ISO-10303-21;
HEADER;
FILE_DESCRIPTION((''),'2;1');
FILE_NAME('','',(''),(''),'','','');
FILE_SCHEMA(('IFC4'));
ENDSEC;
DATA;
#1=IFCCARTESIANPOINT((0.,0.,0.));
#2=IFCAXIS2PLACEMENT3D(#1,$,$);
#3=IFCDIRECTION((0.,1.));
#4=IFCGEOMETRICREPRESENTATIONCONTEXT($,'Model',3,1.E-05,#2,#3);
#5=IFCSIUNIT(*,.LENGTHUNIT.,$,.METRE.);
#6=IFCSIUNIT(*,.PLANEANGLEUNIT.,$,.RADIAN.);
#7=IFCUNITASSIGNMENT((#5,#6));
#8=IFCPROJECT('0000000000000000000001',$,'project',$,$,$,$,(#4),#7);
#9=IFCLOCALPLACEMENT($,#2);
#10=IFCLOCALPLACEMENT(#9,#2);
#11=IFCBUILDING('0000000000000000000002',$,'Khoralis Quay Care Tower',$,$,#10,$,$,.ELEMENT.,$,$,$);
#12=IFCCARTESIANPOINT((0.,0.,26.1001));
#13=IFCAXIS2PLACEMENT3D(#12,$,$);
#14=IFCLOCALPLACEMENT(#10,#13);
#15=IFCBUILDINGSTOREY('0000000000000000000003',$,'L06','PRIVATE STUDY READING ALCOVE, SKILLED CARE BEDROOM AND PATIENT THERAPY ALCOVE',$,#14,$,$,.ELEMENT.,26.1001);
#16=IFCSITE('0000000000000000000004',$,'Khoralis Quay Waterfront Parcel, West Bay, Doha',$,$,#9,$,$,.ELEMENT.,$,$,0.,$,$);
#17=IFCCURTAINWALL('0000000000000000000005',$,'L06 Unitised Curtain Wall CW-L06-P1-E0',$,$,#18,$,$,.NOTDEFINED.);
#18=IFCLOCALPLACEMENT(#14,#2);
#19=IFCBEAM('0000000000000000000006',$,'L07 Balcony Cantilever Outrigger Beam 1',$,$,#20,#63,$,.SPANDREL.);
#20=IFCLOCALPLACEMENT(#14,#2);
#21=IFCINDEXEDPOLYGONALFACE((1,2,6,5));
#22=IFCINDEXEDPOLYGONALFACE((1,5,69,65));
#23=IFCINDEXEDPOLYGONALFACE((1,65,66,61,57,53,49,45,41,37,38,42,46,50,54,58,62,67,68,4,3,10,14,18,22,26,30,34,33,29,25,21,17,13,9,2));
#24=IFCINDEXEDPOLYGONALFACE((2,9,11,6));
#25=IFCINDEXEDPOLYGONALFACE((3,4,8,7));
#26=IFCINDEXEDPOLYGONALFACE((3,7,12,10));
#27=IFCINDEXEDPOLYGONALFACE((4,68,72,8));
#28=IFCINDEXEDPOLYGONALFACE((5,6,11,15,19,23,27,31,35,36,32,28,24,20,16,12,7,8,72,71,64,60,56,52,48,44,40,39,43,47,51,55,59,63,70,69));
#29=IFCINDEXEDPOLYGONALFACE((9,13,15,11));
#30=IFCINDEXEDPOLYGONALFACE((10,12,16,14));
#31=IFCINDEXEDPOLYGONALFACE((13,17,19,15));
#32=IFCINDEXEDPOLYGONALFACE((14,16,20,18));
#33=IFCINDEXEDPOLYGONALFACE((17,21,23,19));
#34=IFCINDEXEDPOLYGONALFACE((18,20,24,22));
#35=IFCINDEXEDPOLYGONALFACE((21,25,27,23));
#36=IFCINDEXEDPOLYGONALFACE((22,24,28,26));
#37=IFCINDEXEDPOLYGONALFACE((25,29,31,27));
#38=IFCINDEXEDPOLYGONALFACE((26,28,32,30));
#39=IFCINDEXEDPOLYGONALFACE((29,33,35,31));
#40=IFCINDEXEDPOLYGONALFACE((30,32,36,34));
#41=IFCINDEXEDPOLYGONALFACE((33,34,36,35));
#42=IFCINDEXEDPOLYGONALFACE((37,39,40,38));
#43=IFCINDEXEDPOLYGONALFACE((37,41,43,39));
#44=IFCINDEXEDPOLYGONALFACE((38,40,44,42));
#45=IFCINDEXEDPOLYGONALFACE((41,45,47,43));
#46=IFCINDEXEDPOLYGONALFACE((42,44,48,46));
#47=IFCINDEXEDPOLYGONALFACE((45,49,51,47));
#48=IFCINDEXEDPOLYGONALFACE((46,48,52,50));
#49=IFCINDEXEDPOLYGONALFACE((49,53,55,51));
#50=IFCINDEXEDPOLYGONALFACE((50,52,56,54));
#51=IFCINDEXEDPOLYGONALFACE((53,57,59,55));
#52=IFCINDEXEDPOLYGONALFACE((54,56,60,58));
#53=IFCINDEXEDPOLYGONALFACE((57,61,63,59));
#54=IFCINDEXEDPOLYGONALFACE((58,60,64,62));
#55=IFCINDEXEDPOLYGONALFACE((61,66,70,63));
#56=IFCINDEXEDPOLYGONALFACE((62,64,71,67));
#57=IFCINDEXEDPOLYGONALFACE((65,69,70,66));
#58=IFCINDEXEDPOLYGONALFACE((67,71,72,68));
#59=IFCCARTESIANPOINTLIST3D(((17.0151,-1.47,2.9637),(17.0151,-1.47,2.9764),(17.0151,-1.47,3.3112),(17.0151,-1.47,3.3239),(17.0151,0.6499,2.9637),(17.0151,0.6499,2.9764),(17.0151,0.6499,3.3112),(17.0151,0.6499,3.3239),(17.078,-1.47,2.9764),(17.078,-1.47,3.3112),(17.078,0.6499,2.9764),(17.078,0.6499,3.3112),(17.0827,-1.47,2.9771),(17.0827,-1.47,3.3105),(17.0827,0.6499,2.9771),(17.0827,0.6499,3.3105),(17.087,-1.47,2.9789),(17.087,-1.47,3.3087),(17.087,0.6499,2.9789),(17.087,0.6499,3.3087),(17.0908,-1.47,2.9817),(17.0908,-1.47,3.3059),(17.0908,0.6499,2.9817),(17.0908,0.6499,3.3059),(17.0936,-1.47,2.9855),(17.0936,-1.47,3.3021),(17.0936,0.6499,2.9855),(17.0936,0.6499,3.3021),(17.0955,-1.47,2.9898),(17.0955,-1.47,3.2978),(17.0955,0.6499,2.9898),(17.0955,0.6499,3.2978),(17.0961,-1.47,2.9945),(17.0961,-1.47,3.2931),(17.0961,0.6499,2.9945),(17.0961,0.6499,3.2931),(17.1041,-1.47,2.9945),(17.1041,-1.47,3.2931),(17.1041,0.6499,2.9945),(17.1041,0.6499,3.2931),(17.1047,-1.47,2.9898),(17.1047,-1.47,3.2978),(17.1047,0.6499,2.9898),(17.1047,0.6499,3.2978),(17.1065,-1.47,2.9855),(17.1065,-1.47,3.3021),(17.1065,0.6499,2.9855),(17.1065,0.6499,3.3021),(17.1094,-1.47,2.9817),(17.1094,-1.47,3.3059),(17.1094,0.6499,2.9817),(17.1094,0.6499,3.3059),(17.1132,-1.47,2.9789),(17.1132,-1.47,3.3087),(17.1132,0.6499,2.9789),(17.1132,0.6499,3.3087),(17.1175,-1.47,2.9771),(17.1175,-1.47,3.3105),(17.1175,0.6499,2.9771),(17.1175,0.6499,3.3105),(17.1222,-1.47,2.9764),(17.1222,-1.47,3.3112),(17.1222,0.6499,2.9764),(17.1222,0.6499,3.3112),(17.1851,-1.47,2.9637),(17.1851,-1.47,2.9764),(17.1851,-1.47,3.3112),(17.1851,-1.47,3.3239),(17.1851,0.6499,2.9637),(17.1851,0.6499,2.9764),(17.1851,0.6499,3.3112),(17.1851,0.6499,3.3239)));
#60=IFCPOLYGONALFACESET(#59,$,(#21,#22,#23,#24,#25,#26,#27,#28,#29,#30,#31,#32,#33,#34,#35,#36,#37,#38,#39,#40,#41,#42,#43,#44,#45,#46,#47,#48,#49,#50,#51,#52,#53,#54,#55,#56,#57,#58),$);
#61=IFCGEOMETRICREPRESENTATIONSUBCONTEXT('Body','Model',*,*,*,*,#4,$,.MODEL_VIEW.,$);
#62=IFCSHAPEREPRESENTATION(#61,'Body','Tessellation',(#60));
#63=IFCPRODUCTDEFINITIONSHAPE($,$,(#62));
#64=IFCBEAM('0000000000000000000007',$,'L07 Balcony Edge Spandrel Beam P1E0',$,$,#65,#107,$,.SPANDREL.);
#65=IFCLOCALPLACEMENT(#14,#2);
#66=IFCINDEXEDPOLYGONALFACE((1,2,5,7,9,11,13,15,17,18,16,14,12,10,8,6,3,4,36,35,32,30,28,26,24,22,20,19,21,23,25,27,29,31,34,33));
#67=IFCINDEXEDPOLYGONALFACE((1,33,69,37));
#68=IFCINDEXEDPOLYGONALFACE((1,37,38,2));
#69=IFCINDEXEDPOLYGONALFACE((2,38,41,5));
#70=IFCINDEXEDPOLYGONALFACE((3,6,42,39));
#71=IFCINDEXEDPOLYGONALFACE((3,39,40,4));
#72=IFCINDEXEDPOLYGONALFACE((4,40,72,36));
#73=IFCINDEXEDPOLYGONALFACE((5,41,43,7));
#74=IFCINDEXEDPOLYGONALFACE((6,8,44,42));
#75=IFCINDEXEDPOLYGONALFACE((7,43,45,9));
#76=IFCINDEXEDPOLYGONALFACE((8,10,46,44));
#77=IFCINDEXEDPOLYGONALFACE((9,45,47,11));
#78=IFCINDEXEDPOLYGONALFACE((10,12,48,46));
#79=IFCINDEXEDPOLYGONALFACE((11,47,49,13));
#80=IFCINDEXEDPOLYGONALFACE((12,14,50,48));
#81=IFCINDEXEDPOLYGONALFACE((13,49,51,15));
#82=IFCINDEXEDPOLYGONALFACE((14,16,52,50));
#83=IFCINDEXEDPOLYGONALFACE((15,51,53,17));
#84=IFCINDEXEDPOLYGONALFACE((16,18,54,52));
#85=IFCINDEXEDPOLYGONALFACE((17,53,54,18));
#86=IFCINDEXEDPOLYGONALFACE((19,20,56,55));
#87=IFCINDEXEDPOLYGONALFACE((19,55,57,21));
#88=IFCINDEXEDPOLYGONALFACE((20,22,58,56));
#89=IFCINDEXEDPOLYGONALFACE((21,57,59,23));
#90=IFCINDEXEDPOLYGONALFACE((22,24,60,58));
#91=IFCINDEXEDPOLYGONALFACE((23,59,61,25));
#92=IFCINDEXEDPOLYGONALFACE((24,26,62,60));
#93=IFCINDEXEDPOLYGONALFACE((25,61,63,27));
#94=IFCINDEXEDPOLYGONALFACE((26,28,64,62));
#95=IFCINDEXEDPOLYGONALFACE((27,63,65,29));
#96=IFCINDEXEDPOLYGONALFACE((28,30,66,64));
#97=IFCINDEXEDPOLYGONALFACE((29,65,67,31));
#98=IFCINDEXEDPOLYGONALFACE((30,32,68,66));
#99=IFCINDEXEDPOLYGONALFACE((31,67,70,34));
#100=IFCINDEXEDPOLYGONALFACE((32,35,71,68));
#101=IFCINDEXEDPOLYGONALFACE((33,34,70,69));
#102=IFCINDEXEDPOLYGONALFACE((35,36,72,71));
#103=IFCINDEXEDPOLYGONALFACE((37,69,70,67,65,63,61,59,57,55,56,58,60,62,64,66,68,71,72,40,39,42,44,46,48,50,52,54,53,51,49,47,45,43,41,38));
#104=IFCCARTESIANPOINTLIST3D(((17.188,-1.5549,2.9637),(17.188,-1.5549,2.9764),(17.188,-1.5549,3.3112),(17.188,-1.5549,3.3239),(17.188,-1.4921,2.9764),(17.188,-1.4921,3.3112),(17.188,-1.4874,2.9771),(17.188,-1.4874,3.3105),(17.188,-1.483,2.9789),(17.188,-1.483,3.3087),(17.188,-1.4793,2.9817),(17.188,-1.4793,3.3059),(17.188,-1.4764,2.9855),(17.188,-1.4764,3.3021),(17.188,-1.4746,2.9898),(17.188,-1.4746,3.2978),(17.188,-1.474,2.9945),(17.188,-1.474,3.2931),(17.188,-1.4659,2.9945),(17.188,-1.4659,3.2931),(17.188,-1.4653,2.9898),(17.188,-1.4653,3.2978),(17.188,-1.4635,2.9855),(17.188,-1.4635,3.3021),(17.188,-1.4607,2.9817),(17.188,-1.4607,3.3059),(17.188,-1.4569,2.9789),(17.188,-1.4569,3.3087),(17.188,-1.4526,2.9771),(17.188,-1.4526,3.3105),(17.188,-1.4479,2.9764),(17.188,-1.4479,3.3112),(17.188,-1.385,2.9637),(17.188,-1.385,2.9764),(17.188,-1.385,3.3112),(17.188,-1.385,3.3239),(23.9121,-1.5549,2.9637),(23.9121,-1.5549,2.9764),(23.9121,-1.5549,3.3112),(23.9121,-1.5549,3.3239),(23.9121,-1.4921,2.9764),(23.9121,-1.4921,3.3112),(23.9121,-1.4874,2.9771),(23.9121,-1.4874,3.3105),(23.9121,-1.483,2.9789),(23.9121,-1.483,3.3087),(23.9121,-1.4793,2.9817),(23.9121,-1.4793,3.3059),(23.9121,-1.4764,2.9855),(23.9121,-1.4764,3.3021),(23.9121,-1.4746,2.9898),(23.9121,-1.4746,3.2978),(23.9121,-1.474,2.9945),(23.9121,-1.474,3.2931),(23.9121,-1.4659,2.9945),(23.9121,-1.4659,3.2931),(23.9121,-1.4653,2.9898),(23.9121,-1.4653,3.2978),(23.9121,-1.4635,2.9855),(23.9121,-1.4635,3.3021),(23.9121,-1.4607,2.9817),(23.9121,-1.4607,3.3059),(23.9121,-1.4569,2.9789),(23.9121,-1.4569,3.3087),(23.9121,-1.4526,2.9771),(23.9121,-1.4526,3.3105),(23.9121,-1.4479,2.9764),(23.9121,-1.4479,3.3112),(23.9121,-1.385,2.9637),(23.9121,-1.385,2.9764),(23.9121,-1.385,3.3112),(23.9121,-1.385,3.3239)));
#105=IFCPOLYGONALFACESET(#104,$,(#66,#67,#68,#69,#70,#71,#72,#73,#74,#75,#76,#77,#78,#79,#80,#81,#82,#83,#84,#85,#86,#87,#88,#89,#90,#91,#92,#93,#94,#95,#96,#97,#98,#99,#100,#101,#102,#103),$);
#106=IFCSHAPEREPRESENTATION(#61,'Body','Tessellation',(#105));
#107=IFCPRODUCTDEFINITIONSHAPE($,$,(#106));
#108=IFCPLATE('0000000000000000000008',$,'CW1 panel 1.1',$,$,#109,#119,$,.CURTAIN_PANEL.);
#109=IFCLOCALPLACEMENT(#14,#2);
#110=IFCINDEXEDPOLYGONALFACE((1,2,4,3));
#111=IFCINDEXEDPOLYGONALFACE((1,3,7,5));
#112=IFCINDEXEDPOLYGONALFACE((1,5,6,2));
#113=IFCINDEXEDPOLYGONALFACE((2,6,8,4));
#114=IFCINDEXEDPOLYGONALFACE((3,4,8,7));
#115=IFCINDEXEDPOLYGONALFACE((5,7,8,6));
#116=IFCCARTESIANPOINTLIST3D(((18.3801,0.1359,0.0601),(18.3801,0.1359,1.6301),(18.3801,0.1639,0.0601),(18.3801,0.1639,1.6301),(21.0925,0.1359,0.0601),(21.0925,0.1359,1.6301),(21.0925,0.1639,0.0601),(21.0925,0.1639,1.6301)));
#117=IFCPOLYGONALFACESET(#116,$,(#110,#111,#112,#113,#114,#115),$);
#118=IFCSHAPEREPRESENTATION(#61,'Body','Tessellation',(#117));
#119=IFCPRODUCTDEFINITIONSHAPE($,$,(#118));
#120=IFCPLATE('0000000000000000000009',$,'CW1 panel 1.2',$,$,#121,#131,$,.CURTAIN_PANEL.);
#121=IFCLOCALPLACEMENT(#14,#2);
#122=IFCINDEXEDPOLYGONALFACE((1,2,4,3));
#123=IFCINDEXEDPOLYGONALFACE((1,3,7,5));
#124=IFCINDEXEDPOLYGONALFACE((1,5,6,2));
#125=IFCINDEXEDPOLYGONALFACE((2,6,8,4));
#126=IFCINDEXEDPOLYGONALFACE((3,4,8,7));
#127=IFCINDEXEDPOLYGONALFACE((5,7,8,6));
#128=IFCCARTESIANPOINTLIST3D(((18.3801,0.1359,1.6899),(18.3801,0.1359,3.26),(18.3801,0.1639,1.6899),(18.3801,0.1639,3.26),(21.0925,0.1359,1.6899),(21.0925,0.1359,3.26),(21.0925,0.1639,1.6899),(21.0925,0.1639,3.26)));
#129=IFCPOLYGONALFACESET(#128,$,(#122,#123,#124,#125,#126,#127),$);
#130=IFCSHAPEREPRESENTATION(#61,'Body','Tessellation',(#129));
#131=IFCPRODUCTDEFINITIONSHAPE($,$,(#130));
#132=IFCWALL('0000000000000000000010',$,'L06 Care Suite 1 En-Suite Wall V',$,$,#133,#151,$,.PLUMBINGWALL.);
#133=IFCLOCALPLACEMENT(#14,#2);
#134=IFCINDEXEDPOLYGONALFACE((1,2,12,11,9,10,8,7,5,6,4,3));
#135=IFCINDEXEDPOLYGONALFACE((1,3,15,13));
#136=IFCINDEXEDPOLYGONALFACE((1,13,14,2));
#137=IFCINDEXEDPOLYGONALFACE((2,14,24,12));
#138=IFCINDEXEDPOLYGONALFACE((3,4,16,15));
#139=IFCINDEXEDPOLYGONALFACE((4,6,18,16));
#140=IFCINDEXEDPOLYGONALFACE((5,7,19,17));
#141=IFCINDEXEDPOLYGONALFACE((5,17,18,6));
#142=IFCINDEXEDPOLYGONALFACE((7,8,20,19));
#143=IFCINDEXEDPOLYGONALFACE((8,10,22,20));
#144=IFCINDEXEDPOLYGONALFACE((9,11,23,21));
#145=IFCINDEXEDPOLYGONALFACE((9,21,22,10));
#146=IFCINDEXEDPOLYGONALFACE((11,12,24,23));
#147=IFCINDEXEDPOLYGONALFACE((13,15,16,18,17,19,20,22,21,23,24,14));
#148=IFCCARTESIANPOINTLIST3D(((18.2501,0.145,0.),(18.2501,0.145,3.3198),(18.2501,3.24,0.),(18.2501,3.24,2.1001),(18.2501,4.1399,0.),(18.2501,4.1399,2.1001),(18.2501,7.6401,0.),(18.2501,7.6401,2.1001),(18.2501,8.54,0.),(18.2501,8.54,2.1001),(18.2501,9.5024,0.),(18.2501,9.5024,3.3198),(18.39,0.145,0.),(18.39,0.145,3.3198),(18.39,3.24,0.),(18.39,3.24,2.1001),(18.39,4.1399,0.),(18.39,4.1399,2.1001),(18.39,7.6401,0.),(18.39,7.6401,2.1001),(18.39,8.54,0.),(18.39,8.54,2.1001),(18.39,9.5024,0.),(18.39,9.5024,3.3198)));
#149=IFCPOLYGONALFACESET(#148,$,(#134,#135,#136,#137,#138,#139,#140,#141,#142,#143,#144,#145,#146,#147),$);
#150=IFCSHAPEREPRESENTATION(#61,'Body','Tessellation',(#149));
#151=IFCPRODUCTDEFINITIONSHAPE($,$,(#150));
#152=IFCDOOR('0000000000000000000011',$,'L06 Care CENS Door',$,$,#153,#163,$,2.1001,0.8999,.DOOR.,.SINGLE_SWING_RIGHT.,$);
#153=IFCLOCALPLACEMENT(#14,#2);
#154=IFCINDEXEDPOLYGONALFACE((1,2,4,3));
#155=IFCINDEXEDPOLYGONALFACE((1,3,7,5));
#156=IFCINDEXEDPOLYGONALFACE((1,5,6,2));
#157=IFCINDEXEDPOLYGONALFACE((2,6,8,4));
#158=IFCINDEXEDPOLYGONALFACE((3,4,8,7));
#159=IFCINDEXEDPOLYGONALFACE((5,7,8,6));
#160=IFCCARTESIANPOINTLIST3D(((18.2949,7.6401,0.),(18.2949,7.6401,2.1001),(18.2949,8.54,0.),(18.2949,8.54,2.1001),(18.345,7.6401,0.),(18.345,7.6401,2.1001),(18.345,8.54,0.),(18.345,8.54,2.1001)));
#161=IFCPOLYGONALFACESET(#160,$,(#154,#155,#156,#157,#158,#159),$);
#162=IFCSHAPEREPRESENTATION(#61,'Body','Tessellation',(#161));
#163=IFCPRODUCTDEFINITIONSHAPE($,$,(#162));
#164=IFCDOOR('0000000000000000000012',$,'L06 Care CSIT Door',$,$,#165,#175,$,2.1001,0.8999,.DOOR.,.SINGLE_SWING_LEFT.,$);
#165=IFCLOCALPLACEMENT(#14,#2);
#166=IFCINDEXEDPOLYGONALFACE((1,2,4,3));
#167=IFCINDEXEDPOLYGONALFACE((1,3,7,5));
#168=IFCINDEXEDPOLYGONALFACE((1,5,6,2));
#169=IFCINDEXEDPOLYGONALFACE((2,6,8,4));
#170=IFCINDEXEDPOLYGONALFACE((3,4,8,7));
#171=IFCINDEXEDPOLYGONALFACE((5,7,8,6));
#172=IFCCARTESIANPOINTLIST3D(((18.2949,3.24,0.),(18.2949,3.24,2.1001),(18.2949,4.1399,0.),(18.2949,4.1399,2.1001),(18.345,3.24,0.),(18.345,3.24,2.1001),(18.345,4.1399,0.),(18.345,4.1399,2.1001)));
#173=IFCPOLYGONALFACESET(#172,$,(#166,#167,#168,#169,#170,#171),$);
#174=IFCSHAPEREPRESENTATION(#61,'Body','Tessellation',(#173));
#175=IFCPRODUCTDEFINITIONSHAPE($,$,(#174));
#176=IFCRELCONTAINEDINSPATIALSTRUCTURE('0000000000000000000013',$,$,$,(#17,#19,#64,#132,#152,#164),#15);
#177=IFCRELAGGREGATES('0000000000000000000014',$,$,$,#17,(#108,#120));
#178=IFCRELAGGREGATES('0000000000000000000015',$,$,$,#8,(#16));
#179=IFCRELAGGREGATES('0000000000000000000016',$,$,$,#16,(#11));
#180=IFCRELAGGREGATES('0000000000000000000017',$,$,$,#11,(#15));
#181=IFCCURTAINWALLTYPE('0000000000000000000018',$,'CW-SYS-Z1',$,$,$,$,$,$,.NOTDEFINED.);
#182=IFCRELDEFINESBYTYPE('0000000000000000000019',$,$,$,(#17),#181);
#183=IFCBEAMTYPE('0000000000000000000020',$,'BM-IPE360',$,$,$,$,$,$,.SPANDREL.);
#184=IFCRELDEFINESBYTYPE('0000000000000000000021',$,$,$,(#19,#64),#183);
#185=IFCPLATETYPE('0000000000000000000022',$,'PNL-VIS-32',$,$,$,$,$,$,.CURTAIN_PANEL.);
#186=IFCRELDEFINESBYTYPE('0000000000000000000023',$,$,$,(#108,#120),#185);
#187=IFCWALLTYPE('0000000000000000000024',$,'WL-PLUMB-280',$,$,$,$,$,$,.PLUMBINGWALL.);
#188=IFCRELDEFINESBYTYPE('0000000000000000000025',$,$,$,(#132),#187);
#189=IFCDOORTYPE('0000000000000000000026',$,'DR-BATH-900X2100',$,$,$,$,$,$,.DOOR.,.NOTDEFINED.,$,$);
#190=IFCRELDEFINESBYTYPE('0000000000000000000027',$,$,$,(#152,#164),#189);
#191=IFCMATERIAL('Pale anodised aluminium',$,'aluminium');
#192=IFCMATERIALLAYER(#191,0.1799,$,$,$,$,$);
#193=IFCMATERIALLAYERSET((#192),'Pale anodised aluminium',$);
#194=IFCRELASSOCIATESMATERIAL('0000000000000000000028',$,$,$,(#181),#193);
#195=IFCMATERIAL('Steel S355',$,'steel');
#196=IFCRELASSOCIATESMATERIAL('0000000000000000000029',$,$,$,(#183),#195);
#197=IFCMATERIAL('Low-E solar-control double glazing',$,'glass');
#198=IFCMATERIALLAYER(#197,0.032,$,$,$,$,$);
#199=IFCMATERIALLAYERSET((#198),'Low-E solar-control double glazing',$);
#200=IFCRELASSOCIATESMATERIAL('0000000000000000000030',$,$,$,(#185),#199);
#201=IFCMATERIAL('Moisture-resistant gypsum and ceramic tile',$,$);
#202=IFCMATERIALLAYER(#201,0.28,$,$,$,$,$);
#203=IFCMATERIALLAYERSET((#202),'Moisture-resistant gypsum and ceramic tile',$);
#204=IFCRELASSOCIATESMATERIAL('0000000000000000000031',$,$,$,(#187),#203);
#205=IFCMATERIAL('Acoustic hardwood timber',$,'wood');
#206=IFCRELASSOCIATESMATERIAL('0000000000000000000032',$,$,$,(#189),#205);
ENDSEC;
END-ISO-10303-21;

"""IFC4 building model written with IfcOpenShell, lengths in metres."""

from ifc_helpers import new_model, si_unit, direction, frame, frame_2d, origin, origin_2d, place, context, subcontext, project, spatial, rectangle, i_section, extrude, source, transform, mapped, material, layer, layer_set, material_profile, profile_set, type_object, element, fill, aggregate, save


model = new_model("IFC4")

# Units and contexts
model_context = context("Model", 3, precision=1e-05, world=origin(), true_north=direction((0.0, 1.0)))
body_context = subcontext(model_context, "Body", "Model", "MODEL_VIEW")
ifc_project = project(units=[si_unit("LENGTHUNIT", "METRE"), si_unit("PLANEANGLEUNIT", "RADIAN")], contexts=[model_context])

# Site, building, storey
site_placement = place(None, origin())
site = spatial("IfcSite", under=ifc_project, at=site_placement, Name="Khoralis Quay Waterfront Parcel, West Bay, Doha", CompositionType="ELEMENT", RefElevation=0.0)
building_placement = place(site_placement, origin())
building = spatial("IfcBuilding", under=site, at=building_placement, Name="Khoralis Quay Care Tower", CompositionType="ELEMENT")
storey_placement = place(building_placement, frame((0.0, 0.0, 26.1001)))
storey = spatial("IfcBuildingStorey", under=building, at=storey_placement, Name="L06", Description="PRIVATE STUDY READING ALCOVE, SKILLED CARE BEDROOM AND PATIENT THERAPY ALCOVE", CompositionType="ELEMENT", Elevation=26.1001)

# Shared definitions
ifc_material_1 = material(Name="Steel S355", Category="steel")

# Curtain wall
ifc_material_2 = material(Name="Pale anodised aluminium", Category="aluminium")
ifc_layer_1 = layer(ifc_material_2, 0.1799)
ifc_layer_set_1 = layer_set([ifc_layer_1], Name="Pale anodised aluminium")
curtain_wall_type = type_object("IfcCurtainWallType", Name="CW-SYS-Z1", PredefinedType="NOTDEFINED", material=ifc_layer_set_1)
curtain_wall_placement = place(storey_placement, origin())
curtain_wall = element("IfcCurtainWall", 1, at=curtain_wall_placement, inside=storey, type_object=curtain_wall_type, Name="L06 Unitised Curtain Wall CW-L06-P1-E0", PredefinedType="NOTDEFINED")

# Beams
ifc_material_profile_1 = material_profile(ifc_material_1, i_section(OverallWidth=0.1699, OverallDepth=0.3601, WebThickness=0.0081, FlangeThickness=0.0127, FilletRadius=0.0181, at=origin_2d()), Name="Steel S355")
ifc_profile_set_1 = profile_set([ifc_material_profile_1], Name="Steel S355")
beam_type_1 = type_object("IfcBeamType", Name="BM-IPE360", PredefinedType="SPANDREL", material=ifc_profile_set_1)
shared_shape_1 = source(origin(), body_context, "Body", "SweptSolid", [
    extrude(i_section(OverallWidth=0.1699, OverallDepth=0.3601, WebThickness=0.0081, FlangeThickness=0.0127, FilletRadius=0.0181, at=origin_2d()), origin(), (0.0, 0.0, 1.0), 2.1199),
])
beam_1_placement = place(storey_placement, frame((17.1001, 0.6499, 3.1438), z_axis=(0.0, -1.0, 0.0), x_axis=(1.0, 0.0, 0.0)))
element("IfcBeam", 2, at=beam_1_placement, inside=storey, type_object=beam_type_1, Name="L07 Balcony Cantilever Outrigger Beam 1", PredefinedType="SPANDREL", context=body_context, shape_type="MappedRepresentation", body=[
    mapped(shared_shape_1, transform((0.0, 0.0, 0.0), scale=1.0)),
])
shared_shape_2 = source(origin(), body_context, "Body", "SweptSolid", [
    extrude(i_section(OverallWidth=0.1699, OverallDepth=0.3601, WebThickness=0.0081, FlangeThickness=0.0127, FilletRadius=0.0181, at=origin_2d()), origin(), (0.0, 0.0, 1.0), 6.7241),
])
beam_2_placement = place(storey_placement, frame((17.188, -1.47, 3.1438), z_axis=(1.0, 0.0, 0.0), x_axis=(0.0, 1.0, 0.0)))
element("IfcBeam", 3, at=beam_2_placement, inside=storey, type_object=beam_type_1, Name="L07 Balcony Edge Spandrel Beam P1E0", PredefinedType="SPANDREL", context=body_context, shape_type="MappedRepresentation", body=[
    mapped(shared_shape_2, transform((0.0, 0.0, 0.0), scale=1.0)),
])

# Plates
ifc_material_3 = material(Name="Low-E solar-control double glazing", Category="glass")
ifc_layer_2 = layer(ifc_material_3, 0.032)
ifc_layer_set_2 = layer_set([ifc_layer_2], Name="Low-E solar-control double glazing")
plate_type = type_object("IfcPlateType", Name="PNL-VIS-32", PredefinedType="CURTAIN_PANEL", material=ifc_layer_set_2)
shared_shape_3 = source(origin(), body_context, "Body", "SweptSolid", [
    extrude(rectangle(XDim=2.7124, YDim=0.0281, at=origin_2d()), origin(), (0.0, 0.0, 1.0), 1.5701),
])
plate_1_placement = place(storey_placement, frame((19.7363, 0.1499, 0.0601), z_axis=(0.0, 0.0, 1.0), x_axis=(1.0, 0.0, 0.0)))
plate_1 = element("IfcPlate", 4, at=plate_1_placement, type_object=plate_type, Name="CW1 panel 1.1", PredefinedType="CURTAIN_PANEL", context=body_context, shape_type="MappedRepresentation", body=[
    mapped(shared_shape_3, transform((0.0, 0.0, 0.0), scale=1.0)),
])
plate_2_placement = place(storey_placement, frame((19.7363, 0.1499, 1.6899), z_axis=(0.0, 0.0, 1.0), x_axis=(1.0, 0.0, 0.0)))
plate_2 = element("IfcPlate", 5, at=plate_2_placement, type_object=plate_type, Name="CW1 panel 1.2", PredefinedType="CURTAIN_PANEL", context=body_context, shape_type="MappedRepresentation", body=[
    mapped(shared_shape_3, transform((0.0, 0.0, 0.0), scale=1.0)),
])
aggregate(curtain_wall, [plate_1, plate_2])

# Wall, openings, doors
ifc_material_4 = material(Name="Moisture-resistant gypsum and ceramic tile")
ifc_layer_3 = layer(ifc_material_4, 0.28)
ifc_layer_set_3 = layer_set([ifc_layer_3], Name="Moisture-resistant gypsum and ceramic tile")
wall_type = type_object("IfcWallType", Name="WL-PLUMB-280", PredefinedType="PLUMBINGWALL", material=ifc_layer_set_3)
wall_placement = place(storey_placement, frame((18.3201, 0.145, 0.0), z_axis=(0.0, 0.0, 1.0), x_axis=(0.0, 1.0, 0.0)))
wall = element("IfcWall", 6, at=wall_placement, inside=storey, type_object=wall_type, Name="L06 Care Suite 1 En-Suite Wall V", PredefinedType="PLUMBINGWALL", context=body_context, shape_type="SweptSolid", body=[
    extrude(rectangle(XDim=9.3574, YDim=0.1399, at=frame_2d((4.6787, 0.0))), origin(), (0.0, 0.0, 1.0), 3.3198),
])
opening_1_placement = place(wall_placement, frame((7.4951, 0.0, 0.0)))
opening_1 = element("IfcOpeningElement", 7, at=opening_1_placement, cuts=wall, PredefinedType="OPENING", context=body_context, shape_type="SweptSolid", body=[
    extrude(rectangle(XDim=0.8999, YDim=2.1001, at=frame_2d((0.45, 1.05))), frame((0.0, 0.0801, 0.0), z_axis=(0.0, -1.0, 0.0), x_axis=(1.0, 0.0, 0.0)), (0.0, 0.0, 1.0), 0.1599),
])
opening_2_placement = place(wall_placement, frame((3.095, 0.0, 0.0)))
opening_2 = element("IfcOpeningElement", 8, at=opening_2_placement, cuts=wall, PredefinedType="OPENING", context=body_context, shape_type="SweptSolid", body=[
    extrude(rectangle(XDim=0.8999, YDim=2.1001, at=frame_2d((0.45, 1.05))), frame((0.0, 0.0801, 0.0), z_axis=(0.0, -1.0, 0.0), x_axis=(1.0, 0.0, 0.0)), (0.0, 0.0, 1.0), 0.1599),
])
ifc_material_5 = material(Name="Acoustic hardwood timber", Category="wood")
door_type = type_object("IfcDoorType", Name="DR-BATH-900X2100", OperationType="NOTDEFINED", PredefinedType="DOOR", material=ifc_material_5)
shared_shape_4 = source(origin(), body_context, "Body", "SweptSolid", [
    extrude(rectangle(XDim=0.8999, YDim=2.1001, at=frame_2d((0.45, 1.05))), frame((0.0, 0.0249, 0.0), z_axis=(0.0, -1.0, 0.0), x_axis=(1.0, 0.0, 0.0)), (0.0, 0.0, 1.0), 0.05),
])
door_1_placement = place(opening_1_placement, frame((0.8999, 0.0, 0.0), z_axis=(0.0, 0.0, 1.0), x_axis=(-1.0, 0.0, 0.0)))
door_1 = element("IfcDoor", 9, at=door_1_placement, inside=storey, type_object=door_type, Name="L06 Care CENS Door", OperationType="SINGLE_SWING_RIGHT", OverallHeight=2.1001, OverallWidth=0.8999, PredefinedType="DOOR", context=body_context, shape_type="MappedRepresentation", body=[
    mapped(shared_shape_4, transform((0.0, 0.0, 0.0), scale=1.0)),
])
fill(opening_1, door_1)
door_2_placement = place(opening_2_placement, frame((0.8999, 0.0, 0.0), z_axis=(0.0, 0.0, 1.0), x_axis=(-1.0, 0.0, 0.0)))
door_2 = element("IfcDoor", 10, at=door_2_placement, inside=storey, type_object=door_type, Name="L06 Care CSIT Door", OperationType="SINGLE_SWING_LEFT", OverallHeight=2.1001, OverallWidth=0.8999, PredefinedType="DOOR", context=body_context, shape_type="MappedRepresentation", body=[
    mapped(shared_shape_4, transform((0.0, 0.0, 0.0), scale=1.0)),
])
fill(opening_2, door_2)

save(model, "model.ifc")
